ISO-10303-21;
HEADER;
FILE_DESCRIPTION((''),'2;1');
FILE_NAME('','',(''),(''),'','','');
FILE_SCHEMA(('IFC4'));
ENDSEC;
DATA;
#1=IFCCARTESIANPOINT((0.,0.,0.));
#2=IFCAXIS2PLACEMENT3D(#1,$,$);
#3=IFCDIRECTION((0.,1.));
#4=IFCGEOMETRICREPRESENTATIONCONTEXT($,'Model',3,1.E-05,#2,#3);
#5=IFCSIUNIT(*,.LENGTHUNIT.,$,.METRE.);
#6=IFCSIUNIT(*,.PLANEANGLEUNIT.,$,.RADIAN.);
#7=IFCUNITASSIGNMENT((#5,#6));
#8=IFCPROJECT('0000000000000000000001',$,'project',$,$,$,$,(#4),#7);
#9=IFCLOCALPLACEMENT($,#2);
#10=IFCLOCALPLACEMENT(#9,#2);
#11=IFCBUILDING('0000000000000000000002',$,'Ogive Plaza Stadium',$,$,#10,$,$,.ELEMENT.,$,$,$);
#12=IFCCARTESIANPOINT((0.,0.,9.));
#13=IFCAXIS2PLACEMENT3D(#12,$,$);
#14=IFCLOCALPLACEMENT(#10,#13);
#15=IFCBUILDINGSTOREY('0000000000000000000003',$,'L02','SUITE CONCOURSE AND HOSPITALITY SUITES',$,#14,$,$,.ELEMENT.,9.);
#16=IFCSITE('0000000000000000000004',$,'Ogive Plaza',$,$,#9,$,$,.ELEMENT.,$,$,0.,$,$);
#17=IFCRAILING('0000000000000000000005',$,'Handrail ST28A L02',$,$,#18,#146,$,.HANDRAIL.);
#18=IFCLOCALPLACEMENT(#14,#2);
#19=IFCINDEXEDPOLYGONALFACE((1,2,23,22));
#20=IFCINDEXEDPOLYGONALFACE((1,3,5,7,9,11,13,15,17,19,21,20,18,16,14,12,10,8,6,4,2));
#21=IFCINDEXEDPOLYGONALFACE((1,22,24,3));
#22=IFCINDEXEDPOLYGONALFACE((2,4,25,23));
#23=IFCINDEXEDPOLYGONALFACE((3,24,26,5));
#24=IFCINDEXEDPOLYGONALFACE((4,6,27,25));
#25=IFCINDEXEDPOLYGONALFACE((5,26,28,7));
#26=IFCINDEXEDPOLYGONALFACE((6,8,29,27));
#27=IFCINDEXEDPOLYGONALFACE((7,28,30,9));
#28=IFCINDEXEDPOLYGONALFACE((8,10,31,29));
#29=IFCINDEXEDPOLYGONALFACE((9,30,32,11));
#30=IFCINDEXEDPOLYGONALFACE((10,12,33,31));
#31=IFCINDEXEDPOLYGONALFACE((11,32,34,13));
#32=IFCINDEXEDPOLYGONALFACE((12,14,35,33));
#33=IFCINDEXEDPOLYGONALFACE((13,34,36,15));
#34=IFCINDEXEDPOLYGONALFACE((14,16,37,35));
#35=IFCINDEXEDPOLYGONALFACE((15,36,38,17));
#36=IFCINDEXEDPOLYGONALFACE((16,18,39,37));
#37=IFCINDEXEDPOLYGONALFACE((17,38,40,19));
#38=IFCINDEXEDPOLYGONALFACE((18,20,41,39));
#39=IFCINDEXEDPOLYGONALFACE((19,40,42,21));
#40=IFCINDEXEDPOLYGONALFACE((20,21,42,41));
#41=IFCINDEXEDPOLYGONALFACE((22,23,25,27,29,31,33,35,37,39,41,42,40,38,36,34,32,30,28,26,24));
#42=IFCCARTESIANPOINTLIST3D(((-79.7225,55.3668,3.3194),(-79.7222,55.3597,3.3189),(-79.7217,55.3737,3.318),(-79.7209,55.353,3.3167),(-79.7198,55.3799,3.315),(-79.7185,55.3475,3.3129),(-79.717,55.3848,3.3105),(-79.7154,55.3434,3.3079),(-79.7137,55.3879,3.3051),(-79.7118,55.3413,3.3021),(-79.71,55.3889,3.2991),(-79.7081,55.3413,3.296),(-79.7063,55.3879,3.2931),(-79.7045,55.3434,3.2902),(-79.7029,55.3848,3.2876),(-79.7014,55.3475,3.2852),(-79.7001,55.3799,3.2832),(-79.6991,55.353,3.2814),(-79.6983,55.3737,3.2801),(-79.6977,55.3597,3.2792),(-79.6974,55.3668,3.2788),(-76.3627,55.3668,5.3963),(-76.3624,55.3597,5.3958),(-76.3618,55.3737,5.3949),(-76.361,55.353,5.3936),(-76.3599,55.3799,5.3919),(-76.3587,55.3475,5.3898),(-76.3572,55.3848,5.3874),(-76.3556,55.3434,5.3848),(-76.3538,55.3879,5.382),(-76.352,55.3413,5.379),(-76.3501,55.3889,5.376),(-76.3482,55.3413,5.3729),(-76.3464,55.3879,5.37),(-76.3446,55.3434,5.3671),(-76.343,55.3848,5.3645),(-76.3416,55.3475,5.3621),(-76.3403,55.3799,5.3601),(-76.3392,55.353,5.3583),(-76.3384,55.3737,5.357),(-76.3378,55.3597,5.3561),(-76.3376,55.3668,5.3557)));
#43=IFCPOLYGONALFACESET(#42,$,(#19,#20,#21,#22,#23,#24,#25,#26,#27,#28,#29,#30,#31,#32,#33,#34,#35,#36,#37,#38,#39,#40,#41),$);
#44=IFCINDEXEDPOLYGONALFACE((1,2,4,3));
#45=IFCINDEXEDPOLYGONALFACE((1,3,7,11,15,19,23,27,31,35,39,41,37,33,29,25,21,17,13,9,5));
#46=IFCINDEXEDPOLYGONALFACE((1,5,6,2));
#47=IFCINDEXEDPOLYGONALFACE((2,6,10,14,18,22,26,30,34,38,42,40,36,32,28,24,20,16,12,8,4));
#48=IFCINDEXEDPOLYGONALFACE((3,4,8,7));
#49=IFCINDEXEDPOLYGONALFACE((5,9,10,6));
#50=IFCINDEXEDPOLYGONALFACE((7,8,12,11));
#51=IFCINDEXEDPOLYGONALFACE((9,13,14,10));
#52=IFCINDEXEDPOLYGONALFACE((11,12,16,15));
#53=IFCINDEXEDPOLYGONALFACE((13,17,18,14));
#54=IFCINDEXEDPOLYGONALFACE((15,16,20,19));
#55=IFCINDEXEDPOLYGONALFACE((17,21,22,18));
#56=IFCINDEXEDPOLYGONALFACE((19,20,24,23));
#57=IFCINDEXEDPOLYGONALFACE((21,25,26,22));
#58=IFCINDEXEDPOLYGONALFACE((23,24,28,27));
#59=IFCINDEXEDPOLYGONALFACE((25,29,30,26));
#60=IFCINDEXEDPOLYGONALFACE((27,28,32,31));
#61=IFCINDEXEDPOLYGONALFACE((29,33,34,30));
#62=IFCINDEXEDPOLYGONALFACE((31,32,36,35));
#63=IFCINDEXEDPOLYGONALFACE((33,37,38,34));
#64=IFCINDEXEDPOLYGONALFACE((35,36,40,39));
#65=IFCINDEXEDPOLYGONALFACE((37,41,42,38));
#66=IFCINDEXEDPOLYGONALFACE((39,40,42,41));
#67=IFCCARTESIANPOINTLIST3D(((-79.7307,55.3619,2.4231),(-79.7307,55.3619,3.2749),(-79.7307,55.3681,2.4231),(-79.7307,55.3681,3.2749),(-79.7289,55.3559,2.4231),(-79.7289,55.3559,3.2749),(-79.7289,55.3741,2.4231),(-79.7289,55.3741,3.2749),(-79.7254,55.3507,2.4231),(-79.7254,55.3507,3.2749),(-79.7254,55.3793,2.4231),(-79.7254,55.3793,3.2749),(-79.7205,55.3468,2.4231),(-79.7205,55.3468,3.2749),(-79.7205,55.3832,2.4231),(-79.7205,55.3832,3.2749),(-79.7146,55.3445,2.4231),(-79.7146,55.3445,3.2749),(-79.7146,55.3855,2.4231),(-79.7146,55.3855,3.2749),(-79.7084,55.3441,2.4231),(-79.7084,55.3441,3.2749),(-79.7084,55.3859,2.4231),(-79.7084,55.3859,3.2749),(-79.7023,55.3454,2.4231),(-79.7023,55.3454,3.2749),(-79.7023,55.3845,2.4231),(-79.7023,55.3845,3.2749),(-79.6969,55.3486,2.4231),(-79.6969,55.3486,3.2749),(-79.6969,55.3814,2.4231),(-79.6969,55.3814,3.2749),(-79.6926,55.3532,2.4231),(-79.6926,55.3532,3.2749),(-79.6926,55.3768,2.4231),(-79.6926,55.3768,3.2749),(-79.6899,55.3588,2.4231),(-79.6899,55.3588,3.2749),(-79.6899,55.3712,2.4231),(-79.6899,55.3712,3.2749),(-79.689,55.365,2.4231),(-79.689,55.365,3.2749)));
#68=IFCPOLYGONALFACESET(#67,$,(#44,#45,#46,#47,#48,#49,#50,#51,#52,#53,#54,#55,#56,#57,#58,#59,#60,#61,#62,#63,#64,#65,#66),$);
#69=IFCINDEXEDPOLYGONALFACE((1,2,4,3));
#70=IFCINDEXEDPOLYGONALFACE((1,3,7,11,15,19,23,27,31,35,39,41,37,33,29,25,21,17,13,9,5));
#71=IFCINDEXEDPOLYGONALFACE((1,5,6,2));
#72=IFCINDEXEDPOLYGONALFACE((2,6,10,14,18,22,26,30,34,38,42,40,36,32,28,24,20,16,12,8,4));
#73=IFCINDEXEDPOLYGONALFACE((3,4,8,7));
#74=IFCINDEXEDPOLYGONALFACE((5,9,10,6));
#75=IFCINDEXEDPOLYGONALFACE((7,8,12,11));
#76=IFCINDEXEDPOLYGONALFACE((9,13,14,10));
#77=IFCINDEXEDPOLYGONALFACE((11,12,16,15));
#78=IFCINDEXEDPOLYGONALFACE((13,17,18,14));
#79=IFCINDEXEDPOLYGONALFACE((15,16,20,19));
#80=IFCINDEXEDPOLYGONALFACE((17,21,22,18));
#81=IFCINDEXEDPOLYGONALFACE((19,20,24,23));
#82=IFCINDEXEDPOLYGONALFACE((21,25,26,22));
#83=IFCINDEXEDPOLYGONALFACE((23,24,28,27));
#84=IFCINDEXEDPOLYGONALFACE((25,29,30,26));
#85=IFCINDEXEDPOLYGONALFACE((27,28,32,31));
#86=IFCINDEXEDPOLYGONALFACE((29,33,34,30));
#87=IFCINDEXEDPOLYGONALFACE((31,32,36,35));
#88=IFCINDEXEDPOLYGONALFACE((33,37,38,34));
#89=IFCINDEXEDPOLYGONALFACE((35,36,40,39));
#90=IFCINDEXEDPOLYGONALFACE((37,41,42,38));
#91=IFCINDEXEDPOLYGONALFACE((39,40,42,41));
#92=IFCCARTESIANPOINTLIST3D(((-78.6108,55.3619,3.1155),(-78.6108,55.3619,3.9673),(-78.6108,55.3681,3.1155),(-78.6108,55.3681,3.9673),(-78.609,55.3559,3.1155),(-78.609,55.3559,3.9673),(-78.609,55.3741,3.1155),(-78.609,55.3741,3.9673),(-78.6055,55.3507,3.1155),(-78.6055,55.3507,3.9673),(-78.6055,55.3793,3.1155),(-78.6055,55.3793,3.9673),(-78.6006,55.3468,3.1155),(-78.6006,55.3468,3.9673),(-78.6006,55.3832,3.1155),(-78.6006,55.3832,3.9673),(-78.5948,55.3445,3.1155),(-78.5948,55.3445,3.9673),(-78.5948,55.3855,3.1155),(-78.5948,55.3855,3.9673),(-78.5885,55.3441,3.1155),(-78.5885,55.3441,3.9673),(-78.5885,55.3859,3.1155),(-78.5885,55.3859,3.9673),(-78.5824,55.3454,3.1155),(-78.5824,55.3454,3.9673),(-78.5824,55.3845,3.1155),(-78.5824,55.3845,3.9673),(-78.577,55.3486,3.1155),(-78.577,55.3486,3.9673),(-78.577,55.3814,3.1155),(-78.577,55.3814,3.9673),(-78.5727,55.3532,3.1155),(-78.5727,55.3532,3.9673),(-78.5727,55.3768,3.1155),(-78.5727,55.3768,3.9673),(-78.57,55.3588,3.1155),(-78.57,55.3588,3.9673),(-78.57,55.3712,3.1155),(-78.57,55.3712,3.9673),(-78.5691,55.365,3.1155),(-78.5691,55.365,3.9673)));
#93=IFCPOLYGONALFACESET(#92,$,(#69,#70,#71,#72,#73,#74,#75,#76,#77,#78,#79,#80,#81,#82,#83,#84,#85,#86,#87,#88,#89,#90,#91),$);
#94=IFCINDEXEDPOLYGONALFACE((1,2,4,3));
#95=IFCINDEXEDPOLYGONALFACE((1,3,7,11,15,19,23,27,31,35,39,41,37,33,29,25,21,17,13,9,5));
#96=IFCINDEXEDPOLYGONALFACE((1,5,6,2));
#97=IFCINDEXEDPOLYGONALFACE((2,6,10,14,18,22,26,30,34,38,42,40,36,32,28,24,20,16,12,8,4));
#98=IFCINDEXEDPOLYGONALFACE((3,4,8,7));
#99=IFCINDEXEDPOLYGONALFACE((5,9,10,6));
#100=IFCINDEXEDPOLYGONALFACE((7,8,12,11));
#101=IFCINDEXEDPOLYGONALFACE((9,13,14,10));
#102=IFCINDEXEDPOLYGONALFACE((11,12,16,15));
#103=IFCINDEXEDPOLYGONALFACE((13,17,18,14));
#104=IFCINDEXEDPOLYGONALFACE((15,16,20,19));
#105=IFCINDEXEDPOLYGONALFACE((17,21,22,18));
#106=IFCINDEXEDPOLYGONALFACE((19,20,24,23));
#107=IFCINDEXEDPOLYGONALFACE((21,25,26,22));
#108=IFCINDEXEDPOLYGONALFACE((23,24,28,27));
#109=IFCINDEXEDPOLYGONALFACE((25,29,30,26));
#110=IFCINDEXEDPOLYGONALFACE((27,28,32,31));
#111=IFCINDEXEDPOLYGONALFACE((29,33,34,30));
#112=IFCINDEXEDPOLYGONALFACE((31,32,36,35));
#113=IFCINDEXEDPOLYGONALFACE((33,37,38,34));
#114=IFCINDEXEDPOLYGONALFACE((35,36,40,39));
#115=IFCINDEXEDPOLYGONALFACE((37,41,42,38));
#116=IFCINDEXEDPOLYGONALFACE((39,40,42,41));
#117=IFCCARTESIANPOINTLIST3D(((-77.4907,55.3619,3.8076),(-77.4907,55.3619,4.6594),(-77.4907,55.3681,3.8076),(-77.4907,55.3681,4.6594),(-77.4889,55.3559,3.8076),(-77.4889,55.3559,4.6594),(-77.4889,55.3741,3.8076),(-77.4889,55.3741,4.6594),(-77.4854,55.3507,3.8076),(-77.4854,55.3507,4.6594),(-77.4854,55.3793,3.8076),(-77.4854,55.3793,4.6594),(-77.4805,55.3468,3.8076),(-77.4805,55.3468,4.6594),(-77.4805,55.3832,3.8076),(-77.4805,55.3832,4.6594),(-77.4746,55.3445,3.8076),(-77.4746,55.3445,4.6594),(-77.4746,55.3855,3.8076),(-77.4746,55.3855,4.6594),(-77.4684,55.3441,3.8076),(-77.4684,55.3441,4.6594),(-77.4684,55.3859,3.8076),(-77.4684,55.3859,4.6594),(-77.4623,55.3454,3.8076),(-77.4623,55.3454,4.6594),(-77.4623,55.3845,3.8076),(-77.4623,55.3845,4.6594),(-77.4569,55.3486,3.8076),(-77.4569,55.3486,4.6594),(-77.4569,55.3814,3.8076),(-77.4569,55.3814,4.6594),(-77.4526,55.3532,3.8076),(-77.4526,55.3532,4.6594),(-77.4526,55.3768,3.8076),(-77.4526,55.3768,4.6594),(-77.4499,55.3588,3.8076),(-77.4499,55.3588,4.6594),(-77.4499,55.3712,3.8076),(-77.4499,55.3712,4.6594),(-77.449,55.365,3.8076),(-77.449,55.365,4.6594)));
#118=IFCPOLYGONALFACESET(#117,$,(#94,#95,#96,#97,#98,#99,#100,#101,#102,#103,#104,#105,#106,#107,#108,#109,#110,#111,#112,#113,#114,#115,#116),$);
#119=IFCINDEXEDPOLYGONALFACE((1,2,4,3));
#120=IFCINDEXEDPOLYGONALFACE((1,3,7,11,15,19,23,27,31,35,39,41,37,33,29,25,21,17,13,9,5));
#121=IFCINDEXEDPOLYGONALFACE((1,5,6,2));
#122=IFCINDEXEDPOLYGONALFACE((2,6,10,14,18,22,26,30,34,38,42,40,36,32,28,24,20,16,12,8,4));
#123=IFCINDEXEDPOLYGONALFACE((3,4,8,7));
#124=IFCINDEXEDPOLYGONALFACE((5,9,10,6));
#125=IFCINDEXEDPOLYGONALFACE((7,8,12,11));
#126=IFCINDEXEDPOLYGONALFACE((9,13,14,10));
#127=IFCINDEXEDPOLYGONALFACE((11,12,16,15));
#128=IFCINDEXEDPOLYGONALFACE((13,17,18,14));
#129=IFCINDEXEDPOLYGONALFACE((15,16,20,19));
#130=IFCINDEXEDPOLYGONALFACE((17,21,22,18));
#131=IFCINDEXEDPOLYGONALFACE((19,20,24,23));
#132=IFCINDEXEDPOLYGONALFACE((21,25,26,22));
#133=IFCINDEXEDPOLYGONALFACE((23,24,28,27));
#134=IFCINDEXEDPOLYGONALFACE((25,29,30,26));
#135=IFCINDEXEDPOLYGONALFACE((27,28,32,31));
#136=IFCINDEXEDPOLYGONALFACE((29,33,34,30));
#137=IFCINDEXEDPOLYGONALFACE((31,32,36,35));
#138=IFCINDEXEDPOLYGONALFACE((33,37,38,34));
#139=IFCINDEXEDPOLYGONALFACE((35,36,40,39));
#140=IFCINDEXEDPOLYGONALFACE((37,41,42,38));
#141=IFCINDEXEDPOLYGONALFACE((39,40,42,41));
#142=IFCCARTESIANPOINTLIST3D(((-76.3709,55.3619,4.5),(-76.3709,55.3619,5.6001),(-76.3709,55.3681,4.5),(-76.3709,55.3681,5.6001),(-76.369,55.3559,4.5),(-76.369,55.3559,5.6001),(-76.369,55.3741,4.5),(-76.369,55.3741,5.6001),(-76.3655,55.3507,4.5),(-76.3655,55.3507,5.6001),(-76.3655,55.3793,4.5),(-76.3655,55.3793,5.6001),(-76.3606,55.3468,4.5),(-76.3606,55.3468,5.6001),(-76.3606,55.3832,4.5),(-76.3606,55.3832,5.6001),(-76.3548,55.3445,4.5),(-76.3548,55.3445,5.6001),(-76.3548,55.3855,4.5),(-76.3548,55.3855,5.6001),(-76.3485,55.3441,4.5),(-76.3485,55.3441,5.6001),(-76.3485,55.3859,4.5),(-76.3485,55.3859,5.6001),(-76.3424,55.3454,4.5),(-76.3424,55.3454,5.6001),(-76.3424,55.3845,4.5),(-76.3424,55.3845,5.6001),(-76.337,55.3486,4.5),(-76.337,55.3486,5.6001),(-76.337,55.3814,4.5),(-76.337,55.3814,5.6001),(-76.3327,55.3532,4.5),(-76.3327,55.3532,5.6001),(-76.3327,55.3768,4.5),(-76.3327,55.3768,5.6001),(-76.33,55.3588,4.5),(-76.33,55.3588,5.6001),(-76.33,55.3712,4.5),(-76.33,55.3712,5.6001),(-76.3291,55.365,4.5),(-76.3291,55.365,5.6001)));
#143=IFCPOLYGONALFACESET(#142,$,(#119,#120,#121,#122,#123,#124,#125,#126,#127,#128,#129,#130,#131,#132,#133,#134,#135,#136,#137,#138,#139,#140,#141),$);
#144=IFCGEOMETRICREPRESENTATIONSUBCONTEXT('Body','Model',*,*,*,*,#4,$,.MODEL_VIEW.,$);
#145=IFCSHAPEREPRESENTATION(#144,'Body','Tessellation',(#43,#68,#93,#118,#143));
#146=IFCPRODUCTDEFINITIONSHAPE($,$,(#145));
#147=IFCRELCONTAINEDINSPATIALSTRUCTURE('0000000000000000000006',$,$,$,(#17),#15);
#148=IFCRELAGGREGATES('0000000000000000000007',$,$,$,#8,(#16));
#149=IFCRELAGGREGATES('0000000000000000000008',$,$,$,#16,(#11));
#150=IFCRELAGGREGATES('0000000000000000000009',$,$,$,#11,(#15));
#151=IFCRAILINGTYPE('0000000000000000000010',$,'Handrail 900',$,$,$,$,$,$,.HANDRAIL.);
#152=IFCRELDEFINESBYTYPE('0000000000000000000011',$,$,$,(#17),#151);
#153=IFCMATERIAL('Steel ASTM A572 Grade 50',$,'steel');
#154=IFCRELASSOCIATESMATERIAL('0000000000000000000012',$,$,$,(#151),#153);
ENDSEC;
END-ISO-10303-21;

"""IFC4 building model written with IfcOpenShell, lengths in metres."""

from ifc_helpers import new_model, si_unit, direction, frame, origin, origin_2d, place, context, subcontext, project, spatial, circle, extrude, material, type_object, element, save


model = new_model("IFC4")

# Units and contexts
model_context = context("Model", 3, precision=1e-05, world=origin(), true_north=direction((0.0, 1.0)))
body_context = subcontext(model_context, "Body", "Model", "MODEL_VIEW")
ifc_project = project(units=[si_unit("LENGTHUNIT", "METRE"), si_unit("PLANEANGLEUNIT", "RADIAN")], contexts=[model_context])

# Site, building, storey
site_placement = place(None, origin())
site = spatial("IfcSite", under=ifc_project, at=site_placement, Name="Ogive Plaza", CompositionType="ELEMENT", RefElevation=0.0)
building_placement = place(site_placement, origin())
building = spatial("IfcBuilding", under=site, at=building_placement, Name="Ogive Plaza Stadium", CompositionType="ELEMENT")
storey_placement = place(building_placement, frame((0.0, 0.0, 9.0)))
storey = spatial("IfcBuildingStorey", under=building, at=storey_placement, Name="L02", Description="SUITE CONCOURSE AND HOSPITALITY SUITES", CompositionType="ELEMENT", Elevation=9.0)

# Railing
ifc_material_1 = material(Name="Steel ASTM A572 Grade 50", Category="steel")
railing_type_1 = type_object("IfcRailingType", Name="Handrail 900", PredefinedType="HANDRAIL", material=ifc_material_1)
for number, where, name in (
    (1, (-79.71, 55.365, 2.4231), "Handrail ST28A L02"),
):
    element("IfcRailing", number, at=place(storey_placement, frame(where)), inside=storey, type_object=railing_type_1, Name=name, PredefinedType="HANDRAIL", context=body_context, shape_type="SweptSolid", body=[
        extrude(circle(Radius=0.0239, at=origin_2d()), frame((0.0, 0.0, 0.876), z_axis=(0.850606, 0.0, 0.525803), x_axis=(0.0, 1.0, 0.0)), (0.0, 0.0, 1.0), 3.95),
        extrude(circle(Radius=0.021, at=origin_2d()), origin(), (0.0, 0.0, 1.0), 0.8518),
        extrude(circle(Radius=0.021, at=origin_2d()), frame((1.1199, 0.0, 0.6924)), (0.0, 0.0, 1.0), 0.8518),
        extrude(circle(Radius=0.021, at=origin_2d()), frame((2.24, 0.0, 1.3845)), (0.0, 0.0, 1.0), 0.8518),
        extrude(circle(Radius=0.021, at=origin_2d()), frame((3.3599, 0.0, 2.0769)), (0.0, 0.0, 1.0), 1.1001),
    ])

save(model, "model.ifc")
